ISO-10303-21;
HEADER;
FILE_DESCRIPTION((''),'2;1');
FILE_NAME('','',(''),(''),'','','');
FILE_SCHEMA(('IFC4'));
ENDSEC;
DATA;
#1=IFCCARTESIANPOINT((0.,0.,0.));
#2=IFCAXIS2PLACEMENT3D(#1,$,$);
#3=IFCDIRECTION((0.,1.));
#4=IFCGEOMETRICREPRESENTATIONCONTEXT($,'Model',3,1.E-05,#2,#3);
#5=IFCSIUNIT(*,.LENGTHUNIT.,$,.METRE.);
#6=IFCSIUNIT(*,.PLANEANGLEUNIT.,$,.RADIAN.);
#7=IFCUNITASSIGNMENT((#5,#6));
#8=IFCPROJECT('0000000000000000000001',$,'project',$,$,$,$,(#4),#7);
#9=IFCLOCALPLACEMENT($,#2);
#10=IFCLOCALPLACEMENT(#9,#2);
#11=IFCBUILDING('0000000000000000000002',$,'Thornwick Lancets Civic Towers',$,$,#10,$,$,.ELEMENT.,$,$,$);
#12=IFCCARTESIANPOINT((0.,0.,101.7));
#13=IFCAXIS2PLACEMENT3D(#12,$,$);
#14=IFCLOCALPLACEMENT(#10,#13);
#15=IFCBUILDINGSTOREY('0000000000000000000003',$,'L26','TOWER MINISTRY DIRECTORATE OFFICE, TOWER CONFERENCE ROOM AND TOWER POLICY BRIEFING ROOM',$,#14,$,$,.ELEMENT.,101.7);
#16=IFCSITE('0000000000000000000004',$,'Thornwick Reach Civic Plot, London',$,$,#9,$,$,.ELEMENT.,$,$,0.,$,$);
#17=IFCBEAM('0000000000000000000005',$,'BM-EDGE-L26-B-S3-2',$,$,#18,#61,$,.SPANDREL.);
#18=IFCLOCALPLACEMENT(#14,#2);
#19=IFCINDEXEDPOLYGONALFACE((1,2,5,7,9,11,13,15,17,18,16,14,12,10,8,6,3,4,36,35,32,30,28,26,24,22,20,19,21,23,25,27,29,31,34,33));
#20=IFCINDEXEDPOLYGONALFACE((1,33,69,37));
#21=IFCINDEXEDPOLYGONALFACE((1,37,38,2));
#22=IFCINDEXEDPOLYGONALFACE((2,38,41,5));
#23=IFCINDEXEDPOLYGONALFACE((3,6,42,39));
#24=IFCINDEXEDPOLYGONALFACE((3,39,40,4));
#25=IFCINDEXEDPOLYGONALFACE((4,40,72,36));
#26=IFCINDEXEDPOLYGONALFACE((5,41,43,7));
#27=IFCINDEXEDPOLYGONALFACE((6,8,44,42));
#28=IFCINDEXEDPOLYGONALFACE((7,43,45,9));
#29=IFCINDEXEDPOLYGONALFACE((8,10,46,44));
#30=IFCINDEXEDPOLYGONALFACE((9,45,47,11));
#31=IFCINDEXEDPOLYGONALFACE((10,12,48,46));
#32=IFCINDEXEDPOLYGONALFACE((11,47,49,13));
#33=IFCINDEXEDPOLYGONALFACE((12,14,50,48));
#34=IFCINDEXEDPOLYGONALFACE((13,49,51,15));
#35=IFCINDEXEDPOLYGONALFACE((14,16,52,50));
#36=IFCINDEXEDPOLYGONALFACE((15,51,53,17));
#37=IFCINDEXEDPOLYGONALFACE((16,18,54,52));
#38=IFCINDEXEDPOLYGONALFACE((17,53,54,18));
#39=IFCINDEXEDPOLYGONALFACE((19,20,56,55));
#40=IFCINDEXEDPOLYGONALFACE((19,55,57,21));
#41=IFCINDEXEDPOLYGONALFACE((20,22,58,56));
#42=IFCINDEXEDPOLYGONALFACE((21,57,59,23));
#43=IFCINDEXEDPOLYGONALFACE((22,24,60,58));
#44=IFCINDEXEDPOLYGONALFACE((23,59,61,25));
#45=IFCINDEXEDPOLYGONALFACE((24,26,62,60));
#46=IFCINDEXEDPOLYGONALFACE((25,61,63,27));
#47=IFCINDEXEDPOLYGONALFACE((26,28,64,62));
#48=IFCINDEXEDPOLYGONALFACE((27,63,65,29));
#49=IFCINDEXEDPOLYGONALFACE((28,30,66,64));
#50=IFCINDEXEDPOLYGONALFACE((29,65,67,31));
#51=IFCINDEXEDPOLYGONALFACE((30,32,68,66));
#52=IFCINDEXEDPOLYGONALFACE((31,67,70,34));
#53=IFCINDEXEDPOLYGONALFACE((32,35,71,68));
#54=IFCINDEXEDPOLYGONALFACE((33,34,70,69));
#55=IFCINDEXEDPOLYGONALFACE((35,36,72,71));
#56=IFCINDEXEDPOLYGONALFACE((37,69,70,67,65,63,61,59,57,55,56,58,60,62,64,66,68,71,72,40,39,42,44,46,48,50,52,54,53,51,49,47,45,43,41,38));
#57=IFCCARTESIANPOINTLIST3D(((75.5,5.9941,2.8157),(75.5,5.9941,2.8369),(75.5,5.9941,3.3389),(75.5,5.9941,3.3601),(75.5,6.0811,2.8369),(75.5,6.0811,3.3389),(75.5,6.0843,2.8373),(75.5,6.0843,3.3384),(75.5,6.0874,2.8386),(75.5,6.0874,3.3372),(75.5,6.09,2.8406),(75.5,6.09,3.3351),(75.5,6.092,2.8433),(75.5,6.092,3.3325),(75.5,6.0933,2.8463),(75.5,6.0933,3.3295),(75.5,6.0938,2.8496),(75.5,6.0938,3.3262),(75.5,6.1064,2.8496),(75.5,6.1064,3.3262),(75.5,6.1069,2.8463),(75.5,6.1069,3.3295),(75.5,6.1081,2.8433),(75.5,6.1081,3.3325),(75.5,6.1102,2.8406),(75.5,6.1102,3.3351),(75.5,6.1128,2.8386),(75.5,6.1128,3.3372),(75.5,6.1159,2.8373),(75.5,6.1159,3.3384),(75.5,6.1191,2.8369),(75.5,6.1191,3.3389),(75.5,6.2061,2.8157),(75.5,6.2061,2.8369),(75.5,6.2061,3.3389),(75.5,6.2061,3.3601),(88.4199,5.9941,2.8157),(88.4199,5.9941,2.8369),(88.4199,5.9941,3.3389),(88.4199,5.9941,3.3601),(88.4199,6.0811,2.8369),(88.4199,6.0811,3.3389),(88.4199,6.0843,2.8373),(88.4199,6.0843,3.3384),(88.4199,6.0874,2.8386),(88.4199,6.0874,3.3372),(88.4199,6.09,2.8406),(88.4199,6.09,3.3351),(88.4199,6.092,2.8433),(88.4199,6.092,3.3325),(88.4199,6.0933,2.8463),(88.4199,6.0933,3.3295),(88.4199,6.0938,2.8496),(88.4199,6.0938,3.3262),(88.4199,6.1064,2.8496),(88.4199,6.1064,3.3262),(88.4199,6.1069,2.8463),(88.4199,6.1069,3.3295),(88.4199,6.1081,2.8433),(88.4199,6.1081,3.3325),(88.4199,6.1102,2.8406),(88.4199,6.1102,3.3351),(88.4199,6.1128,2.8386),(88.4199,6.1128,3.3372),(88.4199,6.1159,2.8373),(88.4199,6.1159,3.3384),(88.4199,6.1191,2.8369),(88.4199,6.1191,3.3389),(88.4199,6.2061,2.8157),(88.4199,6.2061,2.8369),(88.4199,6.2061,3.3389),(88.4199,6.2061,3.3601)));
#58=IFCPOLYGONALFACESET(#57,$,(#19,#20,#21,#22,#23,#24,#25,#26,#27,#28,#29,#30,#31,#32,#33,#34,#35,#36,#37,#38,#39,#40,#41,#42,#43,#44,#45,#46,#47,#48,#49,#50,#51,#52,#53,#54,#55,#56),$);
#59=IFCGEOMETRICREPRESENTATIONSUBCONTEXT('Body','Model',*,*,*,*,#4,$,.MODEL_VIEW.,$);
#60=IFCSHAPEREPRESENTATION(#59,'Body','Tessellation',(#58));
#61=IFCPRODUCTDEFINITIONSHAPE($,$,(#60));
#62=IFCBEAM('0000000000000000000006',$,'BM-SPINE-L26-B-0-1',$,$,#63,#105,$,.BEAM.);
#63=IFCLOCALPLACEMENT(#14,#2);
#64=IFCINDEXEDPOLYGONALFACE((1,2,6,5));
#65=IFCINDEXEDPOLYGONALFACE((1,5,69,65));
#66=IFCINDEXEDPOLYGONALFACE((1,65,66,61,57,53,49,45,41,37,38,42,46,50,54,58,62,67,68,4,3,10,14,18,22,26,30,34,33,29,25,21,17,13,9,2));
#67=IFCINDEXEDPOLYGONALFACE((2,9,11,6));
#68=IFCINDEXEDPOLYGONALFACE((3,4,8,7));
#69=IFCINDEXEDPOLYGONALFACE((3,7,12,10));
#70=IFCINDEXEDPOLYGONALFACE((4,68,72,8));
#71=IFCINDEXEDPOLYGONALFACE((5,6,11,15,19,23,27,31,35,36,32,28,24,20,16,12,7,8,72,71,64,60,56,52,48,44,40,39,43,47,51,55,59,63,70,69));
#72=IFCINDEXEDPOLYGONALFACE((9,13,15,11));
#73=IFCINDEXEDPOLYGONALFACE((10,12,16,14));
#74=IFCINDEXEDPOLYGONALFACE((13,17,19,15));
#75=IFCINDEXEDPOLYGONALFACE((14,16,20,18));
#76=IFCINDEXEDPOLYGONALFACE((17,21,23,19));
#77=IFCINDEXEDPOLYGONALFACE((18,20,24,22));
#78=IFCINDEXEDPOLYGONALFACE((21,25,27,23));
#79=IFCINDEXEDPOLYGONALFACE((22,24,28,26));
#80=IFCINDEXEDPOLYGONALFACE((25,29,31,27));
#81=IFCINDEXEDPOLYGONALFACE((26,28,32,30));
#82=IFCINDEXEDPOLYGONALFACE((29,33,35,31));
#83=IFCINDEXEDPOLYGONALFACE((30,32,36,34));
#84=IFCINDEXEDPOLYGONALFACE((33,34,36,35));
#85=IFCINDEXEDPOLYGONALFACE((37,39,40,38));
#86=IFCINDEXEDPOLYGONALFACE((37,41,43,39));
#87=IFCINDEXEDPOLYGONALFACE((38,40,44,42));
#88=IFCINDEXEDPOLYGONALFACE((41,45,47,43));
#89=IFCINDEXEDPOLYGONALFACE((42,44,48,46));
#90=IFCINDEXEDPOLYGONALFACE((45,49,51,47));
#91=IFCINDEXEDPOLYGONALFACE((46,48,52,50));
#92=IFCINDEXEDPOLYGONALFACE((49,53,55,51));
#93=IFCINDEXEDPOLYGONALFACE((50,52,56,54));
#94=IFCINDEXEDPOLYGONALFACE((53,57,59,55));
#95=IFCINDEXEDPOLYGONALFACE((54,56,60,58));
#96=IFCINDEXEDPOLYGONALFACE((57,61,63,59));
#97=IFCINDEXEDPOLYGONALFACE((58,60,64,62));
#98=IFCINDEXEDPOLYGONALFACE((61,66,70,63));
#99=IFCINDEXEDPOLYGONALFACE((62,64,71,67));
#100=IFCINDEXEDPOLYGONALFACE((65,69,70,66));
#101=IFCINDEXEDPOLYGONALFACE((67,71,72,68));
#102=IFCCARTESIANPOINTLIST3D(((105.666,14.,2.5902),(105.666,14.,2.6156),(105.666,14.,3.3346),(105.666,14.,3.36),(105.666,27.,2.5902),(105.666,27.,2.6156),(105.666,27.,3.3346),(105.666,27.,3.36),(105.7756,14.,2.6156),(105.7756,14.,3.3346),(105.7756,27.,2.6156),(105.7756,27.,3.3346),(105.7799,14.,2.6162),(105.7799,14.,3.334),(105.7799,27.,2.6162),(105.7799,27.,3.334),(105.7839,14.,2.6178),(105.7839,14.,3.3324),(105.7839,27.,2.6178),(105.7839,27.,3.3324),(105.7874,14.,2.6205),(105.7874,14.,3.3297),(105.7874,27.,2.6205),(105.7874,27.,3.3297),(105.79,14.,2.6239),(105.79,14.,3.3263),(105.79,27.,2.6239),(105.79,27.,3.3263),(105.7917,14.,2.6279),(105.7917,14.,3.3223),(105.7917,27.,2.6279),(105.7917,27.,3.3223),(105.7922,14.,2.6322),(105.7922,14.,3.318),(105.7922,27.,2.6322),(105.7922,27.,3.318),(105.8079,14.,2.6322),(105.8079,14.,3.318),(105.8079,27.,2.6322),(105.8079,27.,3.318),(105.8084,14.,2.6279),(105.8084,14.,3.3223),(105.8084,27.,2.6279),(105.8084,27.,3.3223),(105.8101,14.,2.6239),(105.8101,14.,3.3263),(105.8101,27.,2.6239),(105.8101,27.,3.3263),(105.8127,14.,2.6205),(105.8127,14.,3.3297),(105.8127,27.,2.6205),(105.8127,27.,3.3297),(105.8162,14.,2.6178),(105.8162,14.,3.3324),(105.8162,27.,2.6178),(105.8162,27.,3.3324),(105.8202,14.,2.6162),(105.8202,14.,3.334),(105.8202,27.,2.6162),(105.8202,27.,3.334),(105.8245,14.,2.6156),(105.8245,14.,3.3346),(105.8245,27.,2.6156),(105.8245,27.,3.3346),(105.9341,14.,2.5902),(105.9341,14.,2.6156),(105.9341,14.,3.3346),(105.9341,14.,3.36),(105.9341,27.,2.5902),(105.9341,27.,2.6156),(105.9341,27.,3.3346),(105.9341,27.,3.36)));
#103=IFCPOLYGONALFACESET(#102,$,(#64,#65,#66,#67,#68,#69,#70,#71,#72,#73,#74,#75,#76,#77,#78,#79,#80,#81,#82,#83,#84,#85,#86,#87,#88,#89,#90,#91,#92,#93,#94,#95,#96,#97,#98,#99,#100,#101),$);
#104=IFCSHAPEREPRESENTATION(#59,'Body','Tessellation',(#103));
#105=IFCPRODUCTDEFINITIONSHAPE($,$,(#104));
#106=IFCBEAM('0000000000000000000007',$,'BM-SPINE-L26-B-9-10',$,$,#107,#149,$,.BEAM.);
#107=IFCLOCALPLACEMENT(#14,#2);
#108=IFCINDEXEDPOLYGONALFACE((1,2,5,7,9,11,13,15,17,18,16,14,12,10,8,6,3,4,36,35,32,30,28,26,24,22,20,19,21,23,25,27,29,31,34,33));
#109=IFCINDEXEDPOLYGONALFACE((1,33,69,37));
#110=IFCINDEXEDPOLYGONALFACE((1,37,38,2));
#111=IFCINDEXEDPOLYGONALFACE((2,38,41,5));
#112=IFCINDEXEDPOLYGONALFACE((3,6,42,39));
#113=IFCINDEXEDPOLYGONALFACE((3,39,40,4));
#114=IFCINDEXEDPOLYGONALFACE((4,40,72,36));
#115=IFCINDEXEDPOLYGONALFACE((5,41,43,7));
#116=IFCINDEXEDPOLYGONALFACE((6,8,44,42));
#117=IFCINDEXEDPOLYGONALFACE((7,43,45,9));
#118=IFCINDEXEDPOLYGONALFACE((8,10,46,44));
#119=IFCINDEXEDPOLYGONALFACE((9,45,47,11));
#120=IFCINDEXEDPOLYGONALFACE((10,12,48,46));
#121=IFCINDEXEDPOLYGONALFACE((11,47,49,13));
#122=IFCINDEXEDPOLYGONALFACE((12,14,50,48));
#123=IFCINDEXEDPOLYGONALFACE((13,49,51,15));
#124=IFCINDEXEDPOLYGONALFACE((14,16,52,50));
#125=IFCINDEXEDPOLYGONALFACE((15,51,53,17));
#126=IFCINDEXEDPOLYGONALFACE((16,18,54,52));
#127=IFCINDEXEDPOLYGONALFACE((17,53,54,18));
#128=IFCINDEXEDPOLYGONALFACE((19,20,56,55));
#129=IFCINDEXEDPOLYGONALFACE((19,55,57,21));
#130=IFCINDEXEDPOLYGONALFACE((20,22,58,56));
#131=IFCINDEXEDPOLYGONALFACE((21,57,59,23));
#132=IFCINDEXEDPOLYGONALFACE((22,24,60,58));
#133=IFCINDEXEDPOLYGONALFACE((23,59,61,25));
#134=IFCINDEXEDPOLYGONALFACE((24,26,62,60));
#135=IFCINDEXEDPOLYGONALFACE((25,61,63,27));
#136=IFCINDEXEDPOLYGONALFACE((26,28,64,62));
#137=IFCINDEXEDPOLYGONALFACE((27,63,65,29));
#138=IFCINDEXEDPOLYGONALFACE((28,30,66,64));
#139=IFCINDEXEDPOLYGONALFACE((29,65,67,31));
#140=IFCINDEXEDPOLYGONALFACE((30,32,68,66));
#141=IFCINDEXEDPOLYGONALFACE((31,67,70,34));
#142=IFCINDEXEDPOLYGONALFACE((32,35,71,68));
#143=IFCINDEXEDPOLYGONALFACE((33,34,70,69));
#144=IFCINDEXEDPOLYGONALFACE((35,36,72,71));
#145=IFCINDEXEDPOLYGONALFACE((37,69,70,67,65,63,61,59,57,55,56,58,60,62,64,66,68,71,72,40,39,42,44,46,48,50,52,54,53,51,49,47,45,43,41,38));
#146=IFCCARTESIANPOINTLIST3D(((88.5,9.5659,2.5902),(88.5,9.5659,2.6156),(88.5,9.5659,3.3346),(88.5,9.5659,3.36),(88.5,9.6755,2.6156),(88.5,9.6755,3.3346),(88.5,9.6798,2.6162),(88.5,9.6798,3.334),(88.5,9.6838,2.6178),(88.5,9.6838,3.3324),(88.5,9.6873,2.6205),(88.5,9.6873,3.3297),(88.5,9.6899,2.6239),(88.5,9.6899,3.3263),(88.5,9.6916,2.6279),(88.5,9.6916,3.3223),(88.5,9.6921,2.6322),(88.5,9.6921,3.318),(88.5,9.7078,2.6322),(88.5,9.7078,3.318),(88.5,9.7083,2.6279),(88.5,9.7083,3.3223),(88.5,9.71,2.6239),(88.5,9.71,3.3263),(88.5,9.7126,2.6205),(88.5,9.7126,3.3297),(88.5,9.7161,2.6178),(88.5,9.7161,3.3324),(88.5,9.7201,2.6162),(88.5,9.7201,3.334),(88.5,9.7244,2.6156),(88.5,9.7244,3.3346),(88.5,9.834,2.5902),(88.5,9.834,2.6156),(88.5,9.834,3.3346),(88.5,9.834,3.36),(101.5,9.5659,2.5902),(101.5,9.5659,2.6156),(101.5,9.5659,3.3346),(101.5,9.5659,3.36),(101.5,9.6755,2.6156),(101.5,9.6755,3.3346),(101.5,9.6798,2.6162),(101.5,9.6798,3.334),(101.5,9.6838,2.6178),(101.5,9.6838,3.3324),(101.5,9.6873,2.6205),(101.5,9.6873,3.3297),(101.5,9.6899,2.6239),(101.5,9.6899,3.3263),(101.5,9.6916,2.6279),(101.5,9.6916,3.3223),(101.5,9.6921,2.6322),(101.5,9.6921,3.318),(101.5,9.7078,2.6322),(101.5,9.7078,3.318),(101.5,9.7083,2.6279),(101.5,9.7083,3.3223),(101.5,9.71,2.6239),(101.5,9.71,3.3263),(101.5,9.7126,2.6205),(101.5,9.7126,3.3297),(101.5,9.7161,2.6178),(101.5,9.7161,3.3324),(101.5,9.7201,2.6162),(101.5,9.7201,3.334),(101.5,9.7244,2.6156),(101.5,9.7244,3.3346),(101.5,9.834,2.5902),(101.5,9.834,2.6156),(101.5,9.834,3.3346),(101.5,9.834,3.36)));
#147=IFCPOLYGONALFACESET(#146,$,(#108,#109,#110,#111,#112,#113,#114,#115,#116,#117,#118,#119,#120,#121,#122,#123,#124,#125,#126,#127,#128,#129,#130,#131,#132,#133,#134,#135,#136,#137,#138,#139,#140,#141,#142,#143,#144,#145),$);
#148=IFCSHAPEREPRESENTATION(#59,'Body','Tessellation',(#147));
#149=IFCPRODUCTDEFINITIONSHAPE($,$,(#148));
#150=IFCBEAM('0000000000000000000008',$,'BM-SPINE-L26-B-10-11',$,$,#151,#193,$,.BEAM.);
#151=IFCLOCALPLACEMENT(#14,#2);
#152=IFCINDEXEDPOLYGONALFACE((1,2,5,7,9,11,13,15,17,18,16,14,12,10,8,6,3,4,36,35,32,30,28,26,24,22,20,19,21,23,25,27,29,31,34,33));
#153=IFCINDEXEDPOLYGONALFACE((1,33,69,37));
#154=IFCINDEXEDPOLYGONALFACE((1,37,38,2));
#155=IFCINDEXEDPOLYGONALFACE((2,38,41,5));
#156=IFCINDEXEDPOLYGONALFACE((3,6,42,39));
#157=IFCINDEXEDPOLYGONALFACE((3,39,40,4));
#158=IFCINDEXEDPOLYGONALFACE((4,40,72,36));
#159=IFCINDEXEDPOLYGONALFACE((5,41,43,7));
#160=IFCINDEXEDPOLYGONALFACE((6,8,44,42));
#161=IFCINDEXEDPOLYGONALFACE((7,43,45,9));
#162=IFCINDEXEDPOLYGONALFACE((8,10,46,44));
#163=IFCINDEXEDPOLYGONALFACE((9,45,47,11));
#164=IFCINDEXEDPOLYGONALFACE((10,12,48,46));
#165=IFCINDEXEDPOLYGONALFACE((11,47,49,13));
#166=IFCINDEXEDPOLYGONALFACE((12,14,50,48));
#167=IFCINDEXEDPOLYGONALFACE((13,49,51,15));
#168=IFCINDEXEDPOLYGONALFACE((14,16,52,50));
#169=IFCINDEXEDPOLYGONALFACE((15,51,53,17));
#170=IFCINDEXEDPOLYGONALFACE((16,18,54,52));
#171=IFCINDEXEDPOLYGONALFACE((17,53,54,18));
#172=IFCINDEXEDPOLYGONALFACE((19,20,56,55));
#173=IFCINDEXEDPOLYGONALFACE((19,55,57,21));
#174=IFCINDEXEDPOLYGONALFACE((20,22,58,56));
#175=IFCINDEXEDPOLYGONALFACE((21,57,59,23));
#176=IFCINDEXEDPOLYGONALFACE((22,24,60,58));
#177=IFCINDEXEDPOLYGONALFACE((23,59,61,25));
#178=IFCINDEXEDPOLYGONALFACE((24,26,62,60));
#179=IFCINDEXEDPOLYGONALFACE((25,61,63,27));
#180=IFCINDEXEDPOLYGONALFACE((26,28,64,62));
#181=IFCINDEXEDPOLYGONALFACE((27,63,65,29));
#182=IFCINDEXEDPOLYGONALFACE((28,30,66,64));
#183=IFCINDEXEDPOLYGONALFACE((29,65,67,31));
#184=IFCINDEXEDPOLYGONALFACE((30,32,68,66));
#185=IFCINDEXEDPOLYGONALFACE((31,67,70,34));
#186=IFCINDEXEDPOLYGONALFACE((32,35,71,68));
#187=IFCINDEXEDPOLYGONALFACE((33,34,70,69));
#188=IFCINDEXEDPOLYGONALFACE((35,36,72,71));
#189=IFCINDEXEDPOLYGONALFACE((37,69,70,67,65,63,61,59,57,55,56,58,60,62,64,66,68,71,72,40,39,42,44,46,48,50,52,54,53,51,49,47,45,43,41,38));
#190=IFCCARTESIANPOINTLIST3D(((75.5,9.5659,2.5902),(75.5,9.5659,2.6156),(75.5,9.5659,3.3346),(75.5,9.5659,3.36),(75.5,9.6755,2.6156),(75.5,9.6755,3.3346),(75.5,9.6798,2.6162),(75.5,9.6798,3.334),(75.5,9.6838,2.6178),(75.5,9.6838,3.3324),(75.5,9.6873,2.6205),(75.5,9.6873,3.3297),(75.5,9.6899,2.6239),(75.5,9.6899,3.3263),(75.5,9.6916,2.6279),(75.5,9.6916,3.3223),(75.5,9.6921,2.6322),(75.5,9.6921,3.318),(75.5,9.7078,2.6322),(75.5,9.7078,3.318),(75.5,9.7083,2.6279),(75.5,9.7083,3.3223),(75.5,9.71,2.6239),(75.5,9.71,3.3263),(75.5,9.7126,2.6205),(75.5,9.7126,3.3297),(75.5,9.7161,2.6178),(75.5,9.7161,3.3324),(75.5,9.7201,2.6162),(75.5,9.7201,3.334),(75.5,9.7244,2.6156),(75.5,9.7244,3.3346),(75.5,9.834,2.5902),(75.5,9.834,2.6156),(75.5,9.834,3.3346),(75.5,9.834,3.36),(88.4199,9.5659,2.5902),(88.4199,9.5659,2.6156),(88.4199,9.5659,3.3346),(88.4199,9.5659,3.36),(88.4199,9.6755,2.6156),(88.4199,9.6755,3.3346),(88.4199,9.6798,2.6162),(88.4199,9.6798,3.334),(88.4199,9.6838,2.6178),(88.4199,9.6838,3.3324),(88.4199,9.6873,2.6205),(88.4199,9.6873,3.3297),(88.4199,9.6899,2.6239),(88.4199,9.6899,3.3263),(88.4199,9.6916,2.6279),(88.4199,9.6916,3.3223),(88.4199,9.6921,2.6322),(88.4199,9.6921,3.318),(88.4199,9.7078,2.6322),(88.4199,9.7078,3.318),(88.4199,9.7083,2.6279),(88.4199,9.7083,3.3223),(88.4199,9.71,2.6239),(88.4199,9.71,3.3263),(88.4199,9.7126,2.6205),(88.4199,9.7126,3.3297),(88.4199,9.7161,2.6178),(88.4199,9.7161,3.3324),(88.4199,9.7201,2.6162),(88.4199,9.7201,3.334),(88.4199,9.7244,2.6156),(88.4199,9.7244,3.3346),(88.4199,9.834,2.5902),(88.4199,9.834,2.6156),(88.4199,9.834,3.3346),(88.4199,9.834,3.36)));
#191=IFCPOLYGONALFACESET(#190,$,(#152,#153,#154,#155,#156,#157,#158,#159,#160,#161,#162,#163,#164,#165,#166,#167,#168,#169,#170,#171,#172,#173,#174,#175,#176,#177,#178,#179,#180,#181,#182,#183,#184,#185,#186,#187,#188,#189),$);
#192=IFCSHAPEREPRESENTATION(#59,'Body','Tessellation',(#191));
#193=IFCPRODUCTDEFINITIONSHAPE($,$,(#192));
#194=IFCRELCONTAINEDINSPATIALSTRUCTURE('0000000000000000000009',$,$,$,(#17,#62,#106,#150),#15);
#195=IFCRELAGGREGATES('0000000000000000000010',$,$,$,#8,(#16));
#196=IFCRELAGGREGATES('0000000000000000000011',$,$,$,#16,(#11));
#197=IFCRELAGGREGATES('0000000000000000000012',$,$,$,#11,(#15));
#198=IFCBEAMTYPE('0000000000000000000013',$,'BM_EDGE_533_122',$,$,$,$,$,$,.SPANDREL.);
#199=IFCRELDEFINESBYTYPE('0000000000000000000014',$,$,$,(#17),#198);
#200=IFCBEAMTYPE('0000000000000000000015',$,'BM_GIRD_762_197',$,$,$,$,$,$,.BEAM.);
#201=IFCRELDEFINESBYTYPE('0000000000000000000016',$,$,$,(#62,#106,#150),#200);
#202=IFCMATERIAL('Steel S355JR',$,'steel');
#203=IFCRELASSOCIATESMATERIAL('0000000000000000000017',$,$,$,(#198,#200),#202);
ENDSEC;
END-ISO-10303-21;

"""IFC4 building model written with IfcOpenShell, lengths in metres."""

from ifc_helpers import new_model, si_unit, direction, frame, origin, origin_2d, place, context, subcontext, project, spatial, i_section, extrude, material, material_profile, profile_set, type_object, element, save


model = new_model("IFC4")

# Units and contexts
model_context = context("Model", 3, precision=1e-05, world=origin(), true_north=direction((0.0, 1.0)))
body_context = subcontext(model_context, "Body", "Model", "MODEL_VIEW")
ifc_project = project(units=[si_unit("LENGTHUNIT", "METRE"), si_unit("PLANEANGLEUNIT", "RADIAN")], contexts=[model_context])

# Site, building, storey
site_placement = place(None, origin())
site = spatial("IfcSite", under=ifc_project, at=site_placement, Name="Thornwick Reach Civic Plot, London", CompositionType="ELEMENT", RefElevation=0.0)
building_placement = place(site_placement, origin())
building = spatial("IfcBuilding", under=site, at=building_placement, Name="Thornwick Lancets Civic Towers", CompositionType="ELEMENT")
storey_placement = place(building_placement, frame((0.0, 0.0, 101.7)))
storey = spatial("IfcBuildingStorey", under=building, at=storey_placement, Name="L26", Description="TOWER MINISTRY DIRECTORATE OFFICE, TOWER CONFERENCE ROOM AND TOWER POLICY BRIEFING ROOM", CompositionType="ELEMENT", Elevation=101.7)

# Beams
ifc_material_1 = material(Name="Steel S355JR", Category="steel")
ifc_material_profile_1 = material_profile(ifc_material_1, i_section(OverallWidth=0.2119, OverallDepth=0.5444, WebThickness=0.0127, FlangeThickness=0.0212, FilletRadius=0.0127, at=origin_2d()), Name="UKB 533x210x122")
ifc_profile_set_1 = profile_set([ifc_material_profile_1], Name="Steel S355JR")
beam_type_1 = type_object("IfcBeamType", Name="BM_EDGE_533_122", PredefinedType="SPANDREL", material=ifc_profile_set_1)
beam_1_placement = place(storey_placement, frame((88.4199, 6.1001, 3.0879), z_axis=(-1.0, 0.0, 0.0), x_axis=(0.0, -1.0, 0.0)))
element("IfcBeam", 1, at=beam_1_placement, inside=storey, type_object=beam_type_1, Name="BM-EDGE-L26-B-S3-2", PredefinedType="SPANDREL", context=body_context, shape_type="SweptSolid", body=[
    extrude(i_section(OverallWidth=0.2119, OverallDepth=0.5444, WebThickness=0.0127, FlangeThickness=0.0212, FilletRadius=0.0127, at=origin_2d()), origin(), (0.0, 0.0, 1.0), 12.9199),
])
ifc_material_profile_2 = material_profile(ifc_material_1, i_section(OverallWidth=0.2681, OverallDepth=0.7698, WebThickness=0.0156, FlangeThickness=0.0254, FilletRadius=0.0166, at=origin_2d()), Name="UKB 762x267x197")
ifc_profile_set_2 = profile_set([ifc_material_profile_2], Name="Steel S355JR")
beam_type_2 = type_object("IfcBeamType", Name="BM_GIRD_762_197", PredefinedType="BEAM", material=ifc_profile_set_2)
for number, where, z_axis, x_axis, name in (
    (2, (105.8, 14.0, 2.9751), (0.0, 1.0, 0.0), (-1.0, 0.0, 0.0), "BM-SPINE-L26-B-0-1"),
    (3, (101.5, 9.7, 2.9751), (-1.0, 0.0, 0.0), (0.0, -1.0, 0.0), "BM-SPINE-L26-B-9-10"),
):
    element("IfcBeam", number, at=place(storey_placement, frame(where, z_axis=z_axis, x_axis=x_axis)), inside=storey, type_object=beam_type_2, Name=name, PredefinedType="BEAM", context=body_context, shape_type="SweptSolid", body=[
        extrude(i_section(OverallWidth=0.2681, OverallDepth=0.7698, WebThickness=0.0156, FlangeThickness=0.0254, FilletRadius=0.0166, at=origin_2d()), origin(), (0.0, 0.0, 1.0), 13.0),
    ])
beam_2_placement = place(storey_placement, frame((88.4199, 9.7, 2.9751), z_axis=(-1.0, 0.0, 0.0), x_axis=(0.0, -1.0, 0.0)))
element("IfcBeam", 4, at=beam_2_placement, inside=storey, type_object=beam_type_2, Name="BM-SPINE-L26-B-10-11", PredefinedType="BEAM", context=body_context, shape_type="SweptSolid", body=[
    extrude(i_section(OverallWidth=0.2681, OverallDepth=0.7698, WebThickness=0.0156, FlangeThickness=0.0254, FilletRadius=0.0166, at=origin_2d()), origin(), (0.0, 0.0, 1.0), 12.9199),
])

save(model, "model.ifc")
